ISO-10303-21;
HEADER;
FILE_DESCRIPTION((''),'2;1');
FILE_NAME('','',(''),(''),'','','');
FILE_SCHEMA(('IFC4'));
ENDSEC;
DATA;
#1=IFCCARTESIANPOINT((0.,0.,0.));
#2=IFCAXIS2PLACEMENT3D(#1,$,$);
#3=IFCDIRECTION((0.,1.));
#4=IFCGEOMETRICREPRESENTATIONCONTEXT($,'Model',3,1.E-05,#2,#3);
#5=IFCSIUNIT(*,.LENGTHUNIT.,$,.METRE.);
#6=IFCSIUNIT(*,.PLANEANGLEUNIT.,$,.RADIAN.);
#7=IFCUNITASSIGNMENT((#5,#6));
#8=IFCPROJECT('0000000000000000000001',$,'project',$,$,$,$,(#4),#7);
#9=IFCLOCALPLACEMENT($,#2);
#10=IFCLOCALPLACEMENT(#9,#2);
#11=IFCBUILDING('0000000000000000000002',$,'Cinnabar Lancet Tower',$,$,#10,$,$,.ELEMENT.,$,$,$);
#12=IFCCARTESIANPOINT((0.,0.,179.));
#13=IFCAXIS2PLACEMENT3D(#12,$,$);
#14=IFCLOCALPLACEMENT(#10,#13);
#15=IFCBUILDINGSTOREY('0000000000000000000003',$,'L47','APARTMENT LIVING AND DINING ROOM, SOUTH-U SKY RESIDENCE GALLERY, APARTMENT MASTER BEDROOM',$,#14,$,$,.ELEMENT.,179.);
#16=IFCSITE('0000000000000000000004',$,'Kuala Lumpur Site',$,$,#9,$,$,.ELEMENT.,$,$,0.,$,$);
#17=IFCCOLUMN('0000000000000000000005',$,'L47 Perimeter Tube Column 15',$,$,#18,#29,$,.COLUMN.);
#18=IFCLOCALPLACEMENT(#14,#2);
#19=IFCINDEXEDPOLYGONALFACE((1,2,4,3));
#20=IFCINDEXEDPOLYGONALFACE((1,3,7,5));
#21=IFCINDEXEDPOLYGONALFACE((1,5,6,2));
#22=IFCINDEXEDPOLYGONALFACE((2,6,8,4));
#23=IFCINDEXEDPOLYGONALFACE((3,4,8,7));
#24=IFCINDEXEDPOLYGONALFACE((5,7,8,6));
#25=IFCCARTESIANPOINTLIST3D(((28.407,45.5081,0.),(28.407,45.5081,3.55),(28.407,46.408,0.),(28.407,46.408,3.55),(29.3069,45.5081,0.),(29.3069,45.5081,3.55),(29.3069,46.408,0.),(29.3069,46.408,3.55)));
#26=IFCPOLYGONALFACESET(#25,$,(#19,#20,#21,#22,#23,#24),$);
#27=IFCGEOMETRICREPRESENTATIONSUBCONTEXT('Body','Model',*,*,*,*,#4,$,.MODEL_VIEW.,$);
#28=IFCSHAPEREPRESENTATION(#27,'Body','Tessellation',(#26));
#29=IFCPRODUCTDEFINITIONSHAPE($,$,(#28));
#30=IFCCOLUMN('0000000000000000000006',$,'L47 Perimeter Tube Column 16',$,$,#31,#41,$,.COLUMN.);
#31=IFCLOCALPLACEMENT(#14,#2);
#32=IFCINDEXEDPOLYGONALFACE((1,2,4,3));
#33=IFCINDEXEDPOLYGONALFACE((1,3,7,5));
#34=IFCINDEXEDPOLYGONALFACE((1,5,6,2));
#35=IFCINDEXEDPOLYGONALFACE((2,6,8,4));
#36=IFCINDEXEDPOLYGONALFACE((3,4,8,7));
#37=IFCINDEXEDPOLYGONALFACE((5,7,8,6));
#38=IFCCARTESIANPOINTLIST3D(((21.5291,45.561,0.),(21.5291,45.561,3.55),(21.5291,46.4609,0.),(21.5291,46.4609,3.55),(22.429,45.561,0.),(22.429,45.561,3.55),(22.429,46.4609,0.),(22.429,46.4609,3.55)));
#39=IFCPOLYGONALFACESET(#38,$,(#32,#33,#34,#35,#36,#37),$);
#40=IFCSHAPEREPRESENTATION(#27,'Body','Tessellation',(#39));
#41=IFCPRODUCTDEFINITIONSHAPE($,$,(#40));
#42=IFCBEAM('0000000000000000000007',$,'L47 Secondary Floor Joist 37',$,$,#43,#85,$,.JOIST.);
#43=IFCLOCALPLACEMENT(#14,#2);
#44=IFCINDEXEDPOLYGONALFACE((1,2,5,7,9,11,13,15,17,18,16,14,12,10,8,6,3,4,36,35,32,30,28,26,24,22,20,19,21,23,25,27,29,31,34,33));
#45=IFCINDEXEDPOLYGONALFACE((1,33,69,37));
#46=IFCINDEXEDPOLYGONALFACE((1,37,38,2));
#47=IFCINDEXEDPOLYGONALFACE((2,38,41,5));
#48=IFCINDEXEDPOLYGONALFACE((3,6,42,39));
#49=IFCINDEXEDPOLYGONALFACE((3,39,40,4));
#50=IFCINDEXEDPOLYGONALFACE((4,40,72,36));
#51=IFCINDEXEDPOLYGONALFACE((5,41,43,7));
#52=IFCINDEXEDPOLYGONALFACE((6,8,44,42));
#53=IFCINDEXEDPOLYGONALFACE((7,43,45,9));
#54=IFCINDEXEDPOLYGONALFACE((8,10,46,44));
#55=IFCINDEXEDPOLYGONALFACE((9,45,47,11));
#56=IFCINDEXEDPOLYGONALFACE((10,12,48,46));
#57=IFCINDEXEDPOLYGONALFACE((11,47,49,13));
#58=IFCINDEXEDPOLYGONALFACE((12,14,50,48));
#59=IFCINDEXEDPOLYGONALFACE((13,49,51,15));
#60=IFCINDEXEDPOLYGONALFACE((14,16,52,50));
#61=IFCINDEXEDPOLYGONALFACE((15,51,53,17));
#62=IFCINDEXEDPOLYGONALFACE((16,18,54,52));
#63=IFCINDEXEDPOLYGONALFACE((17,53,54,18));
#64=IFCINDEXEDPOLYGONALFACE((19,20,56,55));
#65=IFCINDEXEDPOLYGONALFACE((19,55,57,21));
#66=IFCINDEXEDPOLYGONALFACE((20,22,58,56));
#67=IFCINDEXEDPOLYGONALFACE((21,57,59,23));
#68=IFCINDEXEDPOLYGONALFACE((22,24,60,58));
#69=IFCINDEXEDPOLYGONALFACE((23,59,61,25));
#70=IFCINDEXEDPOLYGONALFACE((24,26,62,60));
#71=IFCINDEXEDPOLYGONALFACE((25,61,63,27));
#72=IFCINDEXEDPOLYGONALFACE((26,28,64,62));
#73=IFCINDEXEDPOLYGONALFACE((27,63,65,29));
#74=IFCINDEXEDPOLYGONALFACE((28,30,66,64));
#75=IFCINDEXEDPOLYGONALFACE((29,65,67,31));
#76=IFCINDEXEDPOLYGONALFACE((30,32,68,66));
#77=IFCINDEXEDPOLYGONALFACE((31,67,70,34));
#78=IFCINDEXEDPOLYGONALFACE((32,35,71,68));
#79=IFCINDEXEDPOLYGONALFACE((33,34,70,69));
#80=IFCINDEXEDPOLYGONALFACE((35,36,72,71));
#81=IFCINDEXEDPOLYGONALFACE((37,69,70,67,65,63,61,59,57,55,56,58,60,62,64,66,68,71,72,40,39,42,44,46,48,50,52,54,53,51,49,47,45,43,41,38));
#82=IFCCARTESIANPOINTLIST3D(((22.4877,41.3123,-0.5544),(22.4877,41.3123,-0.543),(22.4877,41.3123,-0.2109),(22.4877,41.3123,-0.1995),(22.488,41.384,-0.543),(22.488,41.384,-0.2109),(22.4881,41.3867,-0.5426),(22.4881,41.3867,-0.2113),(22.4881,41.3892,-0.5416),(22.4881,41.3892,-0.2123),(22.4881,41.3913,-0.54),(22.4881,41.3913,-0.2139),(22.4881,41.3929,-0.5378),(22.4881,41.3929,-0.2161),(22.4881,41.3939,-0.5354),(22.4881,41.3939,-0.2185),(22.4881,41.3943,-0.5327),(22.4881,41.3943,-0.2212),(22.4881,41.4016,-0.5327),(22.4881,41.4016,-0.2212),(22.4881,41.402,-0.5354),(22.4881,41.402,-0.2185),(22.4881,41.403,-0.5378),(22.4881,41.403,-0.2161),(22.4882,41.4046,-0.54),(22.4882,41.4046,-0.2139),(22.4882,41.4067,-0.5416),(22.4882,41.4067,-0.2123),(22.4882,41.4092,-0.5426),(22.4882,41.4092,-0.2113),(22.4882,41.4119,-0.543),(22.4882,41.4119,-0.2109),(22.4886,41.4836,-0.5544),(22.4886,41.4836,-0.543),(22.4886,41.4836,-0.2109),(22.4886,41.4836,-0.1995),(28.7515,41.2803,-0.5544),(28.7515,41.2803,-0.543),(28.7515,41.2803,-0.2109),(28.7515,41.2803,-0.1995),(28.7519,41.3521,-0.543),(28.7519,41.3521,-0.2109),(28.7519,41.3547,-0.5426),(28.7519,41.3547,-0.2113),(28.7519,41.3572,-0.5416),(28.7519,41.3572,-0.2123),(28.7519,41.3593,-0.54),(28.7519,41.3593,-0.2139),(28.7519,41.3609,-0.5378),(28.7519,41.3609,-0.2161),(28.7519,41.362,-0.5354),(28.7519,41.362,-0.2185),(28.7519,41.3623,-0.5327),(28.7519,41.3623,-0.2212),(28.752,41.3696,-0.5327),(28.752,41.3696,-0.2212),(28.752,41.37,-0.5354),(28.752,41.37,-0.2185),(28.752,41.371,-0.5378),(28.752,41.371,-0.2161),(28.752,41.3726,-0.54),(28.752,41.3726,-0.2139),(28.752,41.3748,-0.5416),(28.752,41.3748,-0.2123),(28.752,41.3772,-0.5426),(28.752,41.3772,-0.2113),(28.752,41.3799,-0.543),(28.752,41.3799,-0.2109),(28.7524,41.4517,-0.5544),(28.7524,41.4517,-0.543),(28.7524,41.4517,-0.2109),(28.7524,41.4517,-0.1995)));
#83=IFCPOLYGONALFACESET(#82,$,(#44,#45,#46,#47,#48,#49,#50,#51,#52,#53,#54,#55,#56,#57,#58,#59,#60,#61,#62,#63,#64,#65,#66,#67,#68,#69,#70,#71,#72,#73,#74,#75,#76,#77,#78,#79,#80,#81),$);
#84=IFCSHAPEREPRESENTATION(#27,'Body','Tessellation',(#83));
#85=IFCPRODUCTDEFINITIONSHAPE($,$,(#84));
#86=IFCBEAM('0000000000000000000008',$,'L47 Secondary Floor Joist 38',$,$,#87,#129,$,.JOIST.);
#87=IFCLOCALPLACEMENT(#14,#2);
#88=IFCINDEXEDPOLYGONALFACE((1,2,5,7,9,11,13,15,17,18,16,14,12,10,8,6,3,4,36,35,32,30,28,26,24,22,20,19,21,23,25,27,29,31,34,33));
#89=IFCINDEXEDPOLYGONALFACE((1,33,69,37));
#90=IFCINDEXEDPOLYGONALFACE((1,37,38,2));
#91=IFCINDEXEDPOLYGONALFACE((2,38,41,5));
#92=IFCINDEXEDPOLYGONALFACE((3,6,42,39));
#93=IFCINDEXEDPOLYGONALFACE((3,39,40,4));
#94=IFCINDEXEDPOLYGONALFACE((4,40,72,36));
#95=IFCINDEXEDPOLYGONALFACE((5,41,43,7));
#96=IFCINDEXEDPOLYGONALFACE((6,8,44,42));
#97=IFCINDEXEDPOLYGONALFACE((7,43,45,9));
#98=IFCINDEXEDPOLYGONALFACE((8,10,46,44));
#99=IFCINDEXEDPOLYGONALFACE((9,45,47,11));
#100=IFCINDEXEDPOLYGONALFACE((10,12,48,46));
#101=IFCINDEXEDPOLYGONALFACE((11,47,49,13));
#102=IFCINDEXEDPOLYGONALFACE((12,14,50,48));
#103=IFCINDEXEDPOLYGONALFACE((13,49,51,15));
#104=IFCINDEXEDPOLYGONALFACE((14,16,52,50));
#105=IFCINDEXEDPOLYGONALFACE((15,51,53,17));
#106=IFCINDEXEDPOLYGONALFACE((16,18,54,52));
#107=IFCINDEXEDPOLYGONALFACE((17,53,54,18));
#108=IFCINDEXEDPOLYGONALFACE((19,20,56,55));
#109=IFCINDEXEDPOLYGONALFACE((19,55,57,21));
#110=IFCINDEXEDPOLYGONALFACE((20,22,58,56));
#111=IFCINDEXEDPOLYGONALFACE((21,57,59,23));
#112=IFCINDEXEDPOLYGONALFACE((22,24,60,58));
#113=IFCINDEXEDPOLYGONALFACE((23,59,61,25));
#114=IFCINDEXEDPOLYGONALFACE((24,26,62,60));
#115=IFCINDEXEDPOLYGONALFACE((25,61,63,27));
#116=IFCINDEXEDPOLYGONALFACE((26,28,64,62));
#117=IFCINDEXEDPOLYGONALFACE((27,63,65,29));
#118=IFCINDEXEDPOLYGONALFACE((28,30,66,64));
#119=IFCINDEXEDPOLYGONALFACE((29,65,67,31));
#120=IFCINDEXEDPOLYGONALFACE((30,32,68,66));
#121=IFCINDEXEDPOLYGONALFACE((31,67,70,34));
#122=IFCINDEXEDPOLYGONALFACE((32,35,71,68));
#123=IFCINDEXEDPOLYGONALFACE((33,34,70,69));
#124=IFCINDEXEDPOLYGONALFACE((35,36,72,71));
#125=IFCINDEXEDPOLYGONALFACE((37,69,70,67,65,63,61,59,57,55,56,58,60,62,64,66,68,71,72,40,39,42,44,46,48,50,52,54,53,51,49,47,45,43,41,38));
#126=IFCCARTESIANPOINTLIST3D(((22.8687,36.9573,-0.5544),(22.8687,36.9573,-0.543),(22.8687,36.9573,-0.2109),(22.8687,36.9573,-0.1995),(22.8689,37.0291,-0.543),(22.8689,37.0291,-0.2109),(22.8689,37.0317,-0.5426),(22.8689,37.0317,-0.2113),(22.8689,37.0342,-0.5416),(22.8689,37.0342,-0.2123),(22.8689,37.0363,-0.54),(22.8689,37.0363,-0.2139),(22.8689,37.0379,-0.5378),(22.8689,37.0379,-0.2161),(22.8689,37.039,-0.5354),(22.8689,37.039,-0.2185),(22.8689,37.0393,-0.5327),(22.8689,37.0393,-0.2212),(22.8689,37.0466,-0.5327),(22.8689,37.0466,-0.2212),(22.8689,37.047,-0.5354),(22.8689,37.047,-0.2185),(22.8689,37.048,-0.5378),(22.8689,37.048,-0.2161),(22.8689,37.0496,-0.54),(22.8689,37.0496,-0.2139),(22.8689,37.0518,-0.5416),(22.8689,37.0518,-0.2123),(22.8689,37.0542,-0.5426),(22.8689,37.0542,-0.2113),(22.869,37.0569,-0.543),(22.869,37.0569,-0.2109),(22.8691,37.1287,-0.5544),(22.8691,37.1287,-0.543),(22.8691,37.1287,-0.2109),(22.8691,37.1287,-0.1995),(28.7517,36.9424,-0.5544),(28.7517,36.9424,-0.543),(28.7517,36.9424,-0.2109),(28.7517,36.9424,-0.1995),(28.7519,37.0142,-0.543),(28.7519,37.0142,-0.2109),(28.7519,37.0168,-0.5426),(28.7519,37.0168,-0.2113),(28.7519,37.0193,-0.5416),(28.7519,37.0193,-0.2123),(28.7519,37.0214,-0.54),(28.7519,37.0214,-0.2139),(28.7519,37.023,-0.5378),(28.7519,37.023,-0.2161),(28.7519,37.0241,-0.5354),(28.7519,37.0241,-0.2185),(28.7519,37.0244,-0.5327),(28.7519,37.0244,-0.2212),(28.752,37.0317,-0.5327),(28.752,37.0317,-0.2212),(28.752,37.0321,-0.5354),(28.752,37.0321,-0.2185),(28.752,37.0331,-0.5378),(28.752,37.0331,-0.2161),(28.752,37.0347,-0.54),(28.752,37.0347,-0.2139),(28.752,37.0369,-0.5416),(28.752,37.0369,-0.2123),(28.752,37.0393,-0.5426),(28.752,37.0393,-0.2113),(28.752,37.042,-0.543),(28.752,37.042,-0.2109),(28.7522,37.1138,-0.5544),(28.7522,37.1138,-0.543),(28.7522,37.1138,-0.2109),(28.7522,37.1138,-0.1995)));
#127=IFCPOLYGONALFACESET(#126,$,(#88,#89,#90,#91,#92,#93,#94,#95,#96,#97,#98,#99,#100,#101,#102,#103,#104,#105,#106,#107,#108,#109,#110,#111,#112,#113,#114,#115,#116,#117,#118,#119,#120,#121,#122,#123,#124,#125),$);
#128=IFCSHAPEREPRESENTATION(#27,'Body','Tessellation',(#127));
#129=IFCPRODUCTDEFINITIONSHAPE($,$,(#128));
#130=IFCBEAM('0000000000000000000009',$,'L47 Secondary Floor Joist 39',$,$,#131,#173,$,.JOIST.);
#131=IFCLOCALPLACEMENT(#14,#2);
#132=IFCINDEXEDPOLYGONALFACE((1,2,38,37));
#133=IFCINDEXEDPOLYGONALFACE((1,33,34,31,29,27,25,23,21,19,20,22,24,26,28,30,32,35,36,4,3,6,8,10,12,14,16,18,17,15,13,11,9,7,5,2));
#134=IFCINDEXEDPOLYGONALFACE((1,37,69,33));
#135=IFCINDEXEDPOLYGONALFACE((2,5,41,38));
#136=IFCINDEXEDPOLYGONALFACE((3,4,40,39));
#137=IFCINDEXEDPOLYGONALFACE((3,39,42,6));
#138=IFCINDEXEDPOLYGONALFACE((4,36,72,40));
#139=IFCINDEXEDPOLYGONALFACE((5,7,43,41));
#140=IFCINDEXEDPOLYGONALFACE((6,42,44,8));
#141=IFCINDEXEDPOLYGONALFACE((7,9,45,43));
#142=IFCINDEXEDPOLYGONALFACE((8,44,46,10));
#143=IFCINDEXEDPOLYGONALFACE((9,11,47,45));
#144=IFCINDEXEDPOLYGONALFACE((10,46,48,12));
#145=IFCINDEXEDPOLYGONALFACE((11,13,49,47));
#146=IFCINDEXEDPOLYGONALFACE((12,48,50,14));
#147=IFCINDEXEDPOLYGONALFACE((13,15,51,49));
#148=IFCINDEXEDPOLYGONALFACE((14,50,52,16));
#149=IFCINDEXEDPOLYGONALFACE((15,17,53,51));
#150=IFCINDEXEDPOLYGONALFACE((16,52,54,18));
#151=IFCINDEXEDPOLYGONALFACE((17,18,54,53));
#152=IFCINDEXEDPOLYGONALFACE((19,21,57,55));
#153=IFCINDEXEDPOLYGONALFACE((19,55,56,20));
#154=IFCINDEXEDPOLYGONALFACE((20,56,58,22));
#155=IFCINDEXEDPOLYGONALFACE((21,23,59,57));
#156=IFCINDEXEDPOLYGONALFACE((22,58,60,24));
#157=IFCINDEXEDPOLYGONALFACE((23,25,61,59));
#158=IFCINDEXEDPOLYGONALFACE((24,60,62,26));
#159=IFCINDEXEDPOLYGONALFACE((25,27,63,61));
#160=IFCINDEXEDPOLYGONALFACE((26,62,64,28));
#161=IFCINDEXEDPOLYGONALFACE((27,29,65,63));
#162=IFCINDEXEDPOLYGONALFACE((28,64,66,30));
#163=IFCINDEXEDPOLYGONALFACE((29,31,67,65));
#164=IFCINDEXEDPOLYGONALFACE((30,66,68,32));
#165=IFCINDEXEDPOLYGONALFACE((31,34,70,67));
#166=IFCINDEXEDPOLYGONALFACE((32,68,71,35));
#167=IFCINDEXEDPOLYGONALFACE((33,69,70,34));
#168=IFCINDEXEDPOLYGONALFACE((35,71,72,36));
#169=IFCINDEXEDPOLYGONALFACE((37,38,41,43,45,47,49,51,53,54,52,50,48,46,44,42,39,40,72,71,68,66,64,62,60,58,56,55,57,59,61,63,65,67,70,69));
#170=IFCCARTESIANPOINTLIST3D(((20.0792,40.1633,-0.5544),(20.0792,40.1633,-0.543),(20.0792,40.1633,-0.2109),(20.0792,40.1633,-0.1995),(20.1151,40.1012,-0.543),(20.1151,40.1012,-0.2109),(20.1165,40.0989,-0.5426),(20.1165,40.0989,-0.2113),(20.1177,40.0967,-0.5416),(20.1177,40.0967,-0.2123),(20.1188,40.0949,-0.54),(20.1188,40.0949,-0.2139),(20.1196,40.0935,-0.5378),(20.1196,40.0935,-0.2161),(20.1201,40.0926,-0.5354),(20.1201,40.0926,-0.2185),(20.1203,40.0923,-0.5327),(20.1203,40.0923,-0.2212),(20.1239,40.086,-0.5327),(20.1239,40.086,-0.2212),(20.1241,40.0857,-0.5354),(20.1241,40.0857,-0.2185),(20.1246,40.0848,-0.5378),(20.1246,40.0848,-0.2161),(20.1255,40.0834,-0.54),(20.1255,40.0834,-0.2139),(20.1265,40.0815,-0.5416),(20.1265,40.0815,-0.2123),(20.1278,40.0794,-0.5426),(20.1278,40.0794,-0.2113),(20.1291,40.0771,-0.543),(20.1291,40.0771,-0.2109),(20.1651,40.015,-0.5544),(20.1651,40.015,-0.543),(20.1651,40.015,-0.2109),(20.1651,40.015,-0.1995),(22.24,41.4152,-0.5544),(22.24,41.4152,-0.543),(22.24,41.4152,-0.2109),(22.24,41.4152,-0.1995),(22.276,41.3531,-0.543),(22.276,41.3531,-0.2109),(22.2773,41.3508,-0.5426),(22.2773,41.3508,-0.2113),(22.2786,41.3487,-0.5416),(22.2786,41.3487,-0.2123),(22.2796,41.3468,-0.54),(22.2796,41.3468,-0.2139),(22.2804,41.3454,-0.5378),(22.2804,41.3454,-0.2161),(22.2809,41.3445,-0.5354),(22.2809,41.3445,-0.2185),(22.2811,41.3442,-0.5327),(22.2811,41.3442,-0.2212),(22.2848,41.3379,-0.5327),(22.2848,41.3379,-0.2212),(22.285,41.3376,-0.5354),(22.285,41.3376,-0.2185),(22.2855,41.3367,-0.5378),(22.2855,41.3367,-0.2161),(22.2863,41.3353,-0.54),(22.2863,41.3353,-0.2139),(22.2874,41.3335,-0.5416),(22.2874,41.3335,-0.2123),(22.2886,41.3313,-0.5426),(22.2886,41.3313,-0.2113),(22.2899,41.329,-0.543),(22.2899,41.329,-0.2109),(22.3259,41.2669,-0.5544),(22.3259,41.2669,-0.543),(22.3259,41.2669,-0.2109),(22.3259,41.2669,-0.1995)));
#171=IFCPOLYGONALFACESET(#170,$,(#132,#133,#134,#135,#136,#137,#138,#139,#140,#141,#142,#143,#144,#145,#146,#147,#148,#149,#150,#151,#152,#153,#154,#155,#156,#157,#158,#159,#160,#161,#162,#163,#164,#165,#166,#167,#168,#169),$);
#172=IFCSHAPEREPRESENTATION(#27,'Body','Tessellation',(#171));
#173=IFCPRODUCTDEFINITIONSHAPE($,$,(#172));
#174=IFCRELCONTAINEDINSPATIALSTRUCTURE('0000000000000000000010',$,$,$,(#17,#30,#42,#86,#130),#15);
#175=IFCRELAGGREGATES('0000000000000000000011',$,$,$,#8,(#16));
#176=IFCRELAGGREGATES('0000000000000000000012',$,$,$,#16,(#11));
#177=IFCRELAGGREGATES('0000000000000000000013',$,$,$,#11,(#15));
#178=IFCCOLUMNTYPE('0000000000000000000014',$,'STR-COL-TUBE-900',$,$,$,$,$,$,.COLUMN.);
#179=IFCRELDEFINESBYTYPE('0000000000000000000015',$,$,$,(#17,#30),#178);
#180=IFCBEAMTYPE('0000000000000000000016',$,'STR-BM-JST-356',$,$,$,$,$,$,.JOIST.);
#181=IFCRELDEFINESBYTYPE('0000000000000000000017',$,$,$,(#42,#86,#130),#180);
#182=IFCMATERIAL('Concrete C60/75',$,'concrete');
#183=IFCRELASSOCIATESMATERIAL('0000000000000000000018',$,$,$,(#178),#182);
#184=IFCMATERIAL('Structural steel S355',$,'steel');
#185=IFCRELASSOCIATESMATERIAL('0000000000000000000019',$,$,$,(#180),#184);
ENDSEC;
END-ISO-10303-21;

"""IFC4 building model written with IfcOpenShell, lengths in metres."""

from ifc_helpers import new_model, si_unit, direction, frame, origin, origin_2d, place, context, subcontext, project, spatial, rectangle, i_section, extrude, material, material_profile, profile_set, type_object, element, save


model = new_model("IFC4")

# Units and contexts
model_context = context("Model", 3, precision=1e-05, world=origin(), true_north=direction((0.0, 1.0)))
body_context = subcontext(model_context, "Body", "Model", "MODEL_VIEW")
ifc_project = project(units=[si_unit("LENGTHUNIT", "METRE"), si_unit("PLANEANGLEUNIT", "RADIAN")], contexts=[model_context])

# Site, building, storey
site_placement = place(None, origin())
site = spatial("IfcSite", under=ifc_project, at=site_placement, Name="Kuala Lumpur Site", CompositionType="ELEMENT", RefElevation=0.0)
building_placement = place(site_placement, origin())
building = spatial("IfcBuilding", under=site, at=building_placement, Name="Cinnabar Lancet Tower", CompositionType="ELEMENT")
storey_placement = place(building_placement, frame((0.0, 0.0, 179.0)))
storey = spatial("IfcBuildingStorey", under=building, at=storey_placement, Name="L47", Description="APARTMENT LIVING AND DINING ROOM, SOUTH-U SKY RESIDENCE GALLERY, APARTMENT MASTER BEDROOM", CompositionType="ELEMENT", Elevation=179.0)

# Columns
ifc_material_1 = material(Name="Concrete C60/75", Category="concrete")
ifc_material_profile_1 = material_profile(ifc_material_1, rectangle(XDim=0.8999, YDim=0.8999, at=origin_2d()), Name="RC-COL 900x900")
ifc_profile_set_1 = profile_set([ifc_material_profile_1], Name="Concrete C60/75")
column_type = type_object("IfcColumnType", Name="STR-COL-TUBE-900", PredefinedType="COLUMN", material=ifc_profile_set_1)
for number, where, z_axis, x_axis, name in (
    (1, (28.8569, 45.958, 0.0), (0.0, 0.0, 1.0), (1.0, 0.0, 0.0), "L47 Perimeter Tube Column 15"),
    (2, (21.979, 46.011, 0.0), (0.0, 0.0, 1.0), (1.0, 0.0, 0.0), "L47 Perimeter Tube Column 16"),
):
    element("IfcColumn", number, at=place(storey_placement, frame(where, z_axis=z_axis, x_axis=x_axis)), inside=storey, type_object=column_type, Name=name, PredefinedType="COLUMN", context=body_context, shape_type="SweptSolid", body=[
        extrude(rectangle(XDim=0.8999, YDim=0.8999, at=origin_2d()), origin(), (0.0, 0.0, 1.0), 3.55),
    ])

# Beams
ifc_material_2 = material(Name="Structural steel S355", Category="steel")
ifc_material_profile_2 = material_profile(ifc_material_2, i_section(OverallWidth=0.1714, OverallDepth=0.355, WebThickness=0.0073, FlangeThickness=0.0115, FilletRadius=0.0103, at=origin_2d()), Name="UKB 356x171x51")
ifc_profile_set_2 = profile_set([ifc_material_profile_2], Name="Structural steel S355")
beam_type_1 = type_object("IfcBeamType", Name="STR-BM-JST-356", PredefinedType="JOIST", material=ifc_profile_set_2)
beam_1_placement = place(storey_placement, frame((28.752, 41.366, -0.377), z_axis=(-0.999987, 0.005106, 0.0), x_axis=(-0.005106, -0.999987, 0.0)))
element("IfcBeam", 3, at=beam_1_placement, inside=storey, type_object=beam_type_1, Name="L47 Secondary Floor Joist 37", PredefinedType="JOIST", context=body_context, shape_type="SweptSolid", body=[
    extrude(i_section(OverallWidth=0.1714, OverallDepth=0.355, WebThickness=0.0073, FlangeThickness=0.0115, FilletRadius=0.0103, at=origin_2d()), origin(), (0.0, 0.0, 1.0), 6.2639),
])
beam_2_placement = place(storey_placement, frame((28.752, 37.0281, -0.377), z_axis=(-0.999997, 0.002531, 0.0), x_axis=(-0.002531, -0.999997, 0.0)))
element("IfcBeam", 4, at=beam_2_placement, inside=storey, type_object=beam_type_1, Name="L47 Secondary Floor Joist 38", PredefinedType="JOIST", context=body_context, shape_type="SweptSolid", body=[
    extrude(i_section(OverallWidth=0.1714, OverallDepth=0.355, WebThickness=0.0073, FlangeThickness=0.0115, FilletRadius=0.0103, at=origin_2d()), origin(), (0.0, 0.0, 1.0), 5.8831),
])
beam_3_placement = place(storey_placement, frame((22.283, 41.3411, -0.377), z_axis=(-0.865268, -0.50131, 0.0), x_axis=(0.50131, -0.865268, 0.0)))
element("IfcBeam", 5, at=beam_3_placement, inside=storey, type_object=beam_type_1, Name="L47 Secondary Floor Joist 39", PredefinedType="JOIST", context=body_context, shape_type="SweptSolid", body=[
    extrude(i_section(OverallWidth=0.1714, OverallDepth=0.355, WebThickness=0.0073, FlangeThickness=0.0115, FilletRadius=0.0103, at=origin_2d()), origin(), (0.0, 0.0, 1.0), 2.4973),
])

save(model, "model.ifc")
